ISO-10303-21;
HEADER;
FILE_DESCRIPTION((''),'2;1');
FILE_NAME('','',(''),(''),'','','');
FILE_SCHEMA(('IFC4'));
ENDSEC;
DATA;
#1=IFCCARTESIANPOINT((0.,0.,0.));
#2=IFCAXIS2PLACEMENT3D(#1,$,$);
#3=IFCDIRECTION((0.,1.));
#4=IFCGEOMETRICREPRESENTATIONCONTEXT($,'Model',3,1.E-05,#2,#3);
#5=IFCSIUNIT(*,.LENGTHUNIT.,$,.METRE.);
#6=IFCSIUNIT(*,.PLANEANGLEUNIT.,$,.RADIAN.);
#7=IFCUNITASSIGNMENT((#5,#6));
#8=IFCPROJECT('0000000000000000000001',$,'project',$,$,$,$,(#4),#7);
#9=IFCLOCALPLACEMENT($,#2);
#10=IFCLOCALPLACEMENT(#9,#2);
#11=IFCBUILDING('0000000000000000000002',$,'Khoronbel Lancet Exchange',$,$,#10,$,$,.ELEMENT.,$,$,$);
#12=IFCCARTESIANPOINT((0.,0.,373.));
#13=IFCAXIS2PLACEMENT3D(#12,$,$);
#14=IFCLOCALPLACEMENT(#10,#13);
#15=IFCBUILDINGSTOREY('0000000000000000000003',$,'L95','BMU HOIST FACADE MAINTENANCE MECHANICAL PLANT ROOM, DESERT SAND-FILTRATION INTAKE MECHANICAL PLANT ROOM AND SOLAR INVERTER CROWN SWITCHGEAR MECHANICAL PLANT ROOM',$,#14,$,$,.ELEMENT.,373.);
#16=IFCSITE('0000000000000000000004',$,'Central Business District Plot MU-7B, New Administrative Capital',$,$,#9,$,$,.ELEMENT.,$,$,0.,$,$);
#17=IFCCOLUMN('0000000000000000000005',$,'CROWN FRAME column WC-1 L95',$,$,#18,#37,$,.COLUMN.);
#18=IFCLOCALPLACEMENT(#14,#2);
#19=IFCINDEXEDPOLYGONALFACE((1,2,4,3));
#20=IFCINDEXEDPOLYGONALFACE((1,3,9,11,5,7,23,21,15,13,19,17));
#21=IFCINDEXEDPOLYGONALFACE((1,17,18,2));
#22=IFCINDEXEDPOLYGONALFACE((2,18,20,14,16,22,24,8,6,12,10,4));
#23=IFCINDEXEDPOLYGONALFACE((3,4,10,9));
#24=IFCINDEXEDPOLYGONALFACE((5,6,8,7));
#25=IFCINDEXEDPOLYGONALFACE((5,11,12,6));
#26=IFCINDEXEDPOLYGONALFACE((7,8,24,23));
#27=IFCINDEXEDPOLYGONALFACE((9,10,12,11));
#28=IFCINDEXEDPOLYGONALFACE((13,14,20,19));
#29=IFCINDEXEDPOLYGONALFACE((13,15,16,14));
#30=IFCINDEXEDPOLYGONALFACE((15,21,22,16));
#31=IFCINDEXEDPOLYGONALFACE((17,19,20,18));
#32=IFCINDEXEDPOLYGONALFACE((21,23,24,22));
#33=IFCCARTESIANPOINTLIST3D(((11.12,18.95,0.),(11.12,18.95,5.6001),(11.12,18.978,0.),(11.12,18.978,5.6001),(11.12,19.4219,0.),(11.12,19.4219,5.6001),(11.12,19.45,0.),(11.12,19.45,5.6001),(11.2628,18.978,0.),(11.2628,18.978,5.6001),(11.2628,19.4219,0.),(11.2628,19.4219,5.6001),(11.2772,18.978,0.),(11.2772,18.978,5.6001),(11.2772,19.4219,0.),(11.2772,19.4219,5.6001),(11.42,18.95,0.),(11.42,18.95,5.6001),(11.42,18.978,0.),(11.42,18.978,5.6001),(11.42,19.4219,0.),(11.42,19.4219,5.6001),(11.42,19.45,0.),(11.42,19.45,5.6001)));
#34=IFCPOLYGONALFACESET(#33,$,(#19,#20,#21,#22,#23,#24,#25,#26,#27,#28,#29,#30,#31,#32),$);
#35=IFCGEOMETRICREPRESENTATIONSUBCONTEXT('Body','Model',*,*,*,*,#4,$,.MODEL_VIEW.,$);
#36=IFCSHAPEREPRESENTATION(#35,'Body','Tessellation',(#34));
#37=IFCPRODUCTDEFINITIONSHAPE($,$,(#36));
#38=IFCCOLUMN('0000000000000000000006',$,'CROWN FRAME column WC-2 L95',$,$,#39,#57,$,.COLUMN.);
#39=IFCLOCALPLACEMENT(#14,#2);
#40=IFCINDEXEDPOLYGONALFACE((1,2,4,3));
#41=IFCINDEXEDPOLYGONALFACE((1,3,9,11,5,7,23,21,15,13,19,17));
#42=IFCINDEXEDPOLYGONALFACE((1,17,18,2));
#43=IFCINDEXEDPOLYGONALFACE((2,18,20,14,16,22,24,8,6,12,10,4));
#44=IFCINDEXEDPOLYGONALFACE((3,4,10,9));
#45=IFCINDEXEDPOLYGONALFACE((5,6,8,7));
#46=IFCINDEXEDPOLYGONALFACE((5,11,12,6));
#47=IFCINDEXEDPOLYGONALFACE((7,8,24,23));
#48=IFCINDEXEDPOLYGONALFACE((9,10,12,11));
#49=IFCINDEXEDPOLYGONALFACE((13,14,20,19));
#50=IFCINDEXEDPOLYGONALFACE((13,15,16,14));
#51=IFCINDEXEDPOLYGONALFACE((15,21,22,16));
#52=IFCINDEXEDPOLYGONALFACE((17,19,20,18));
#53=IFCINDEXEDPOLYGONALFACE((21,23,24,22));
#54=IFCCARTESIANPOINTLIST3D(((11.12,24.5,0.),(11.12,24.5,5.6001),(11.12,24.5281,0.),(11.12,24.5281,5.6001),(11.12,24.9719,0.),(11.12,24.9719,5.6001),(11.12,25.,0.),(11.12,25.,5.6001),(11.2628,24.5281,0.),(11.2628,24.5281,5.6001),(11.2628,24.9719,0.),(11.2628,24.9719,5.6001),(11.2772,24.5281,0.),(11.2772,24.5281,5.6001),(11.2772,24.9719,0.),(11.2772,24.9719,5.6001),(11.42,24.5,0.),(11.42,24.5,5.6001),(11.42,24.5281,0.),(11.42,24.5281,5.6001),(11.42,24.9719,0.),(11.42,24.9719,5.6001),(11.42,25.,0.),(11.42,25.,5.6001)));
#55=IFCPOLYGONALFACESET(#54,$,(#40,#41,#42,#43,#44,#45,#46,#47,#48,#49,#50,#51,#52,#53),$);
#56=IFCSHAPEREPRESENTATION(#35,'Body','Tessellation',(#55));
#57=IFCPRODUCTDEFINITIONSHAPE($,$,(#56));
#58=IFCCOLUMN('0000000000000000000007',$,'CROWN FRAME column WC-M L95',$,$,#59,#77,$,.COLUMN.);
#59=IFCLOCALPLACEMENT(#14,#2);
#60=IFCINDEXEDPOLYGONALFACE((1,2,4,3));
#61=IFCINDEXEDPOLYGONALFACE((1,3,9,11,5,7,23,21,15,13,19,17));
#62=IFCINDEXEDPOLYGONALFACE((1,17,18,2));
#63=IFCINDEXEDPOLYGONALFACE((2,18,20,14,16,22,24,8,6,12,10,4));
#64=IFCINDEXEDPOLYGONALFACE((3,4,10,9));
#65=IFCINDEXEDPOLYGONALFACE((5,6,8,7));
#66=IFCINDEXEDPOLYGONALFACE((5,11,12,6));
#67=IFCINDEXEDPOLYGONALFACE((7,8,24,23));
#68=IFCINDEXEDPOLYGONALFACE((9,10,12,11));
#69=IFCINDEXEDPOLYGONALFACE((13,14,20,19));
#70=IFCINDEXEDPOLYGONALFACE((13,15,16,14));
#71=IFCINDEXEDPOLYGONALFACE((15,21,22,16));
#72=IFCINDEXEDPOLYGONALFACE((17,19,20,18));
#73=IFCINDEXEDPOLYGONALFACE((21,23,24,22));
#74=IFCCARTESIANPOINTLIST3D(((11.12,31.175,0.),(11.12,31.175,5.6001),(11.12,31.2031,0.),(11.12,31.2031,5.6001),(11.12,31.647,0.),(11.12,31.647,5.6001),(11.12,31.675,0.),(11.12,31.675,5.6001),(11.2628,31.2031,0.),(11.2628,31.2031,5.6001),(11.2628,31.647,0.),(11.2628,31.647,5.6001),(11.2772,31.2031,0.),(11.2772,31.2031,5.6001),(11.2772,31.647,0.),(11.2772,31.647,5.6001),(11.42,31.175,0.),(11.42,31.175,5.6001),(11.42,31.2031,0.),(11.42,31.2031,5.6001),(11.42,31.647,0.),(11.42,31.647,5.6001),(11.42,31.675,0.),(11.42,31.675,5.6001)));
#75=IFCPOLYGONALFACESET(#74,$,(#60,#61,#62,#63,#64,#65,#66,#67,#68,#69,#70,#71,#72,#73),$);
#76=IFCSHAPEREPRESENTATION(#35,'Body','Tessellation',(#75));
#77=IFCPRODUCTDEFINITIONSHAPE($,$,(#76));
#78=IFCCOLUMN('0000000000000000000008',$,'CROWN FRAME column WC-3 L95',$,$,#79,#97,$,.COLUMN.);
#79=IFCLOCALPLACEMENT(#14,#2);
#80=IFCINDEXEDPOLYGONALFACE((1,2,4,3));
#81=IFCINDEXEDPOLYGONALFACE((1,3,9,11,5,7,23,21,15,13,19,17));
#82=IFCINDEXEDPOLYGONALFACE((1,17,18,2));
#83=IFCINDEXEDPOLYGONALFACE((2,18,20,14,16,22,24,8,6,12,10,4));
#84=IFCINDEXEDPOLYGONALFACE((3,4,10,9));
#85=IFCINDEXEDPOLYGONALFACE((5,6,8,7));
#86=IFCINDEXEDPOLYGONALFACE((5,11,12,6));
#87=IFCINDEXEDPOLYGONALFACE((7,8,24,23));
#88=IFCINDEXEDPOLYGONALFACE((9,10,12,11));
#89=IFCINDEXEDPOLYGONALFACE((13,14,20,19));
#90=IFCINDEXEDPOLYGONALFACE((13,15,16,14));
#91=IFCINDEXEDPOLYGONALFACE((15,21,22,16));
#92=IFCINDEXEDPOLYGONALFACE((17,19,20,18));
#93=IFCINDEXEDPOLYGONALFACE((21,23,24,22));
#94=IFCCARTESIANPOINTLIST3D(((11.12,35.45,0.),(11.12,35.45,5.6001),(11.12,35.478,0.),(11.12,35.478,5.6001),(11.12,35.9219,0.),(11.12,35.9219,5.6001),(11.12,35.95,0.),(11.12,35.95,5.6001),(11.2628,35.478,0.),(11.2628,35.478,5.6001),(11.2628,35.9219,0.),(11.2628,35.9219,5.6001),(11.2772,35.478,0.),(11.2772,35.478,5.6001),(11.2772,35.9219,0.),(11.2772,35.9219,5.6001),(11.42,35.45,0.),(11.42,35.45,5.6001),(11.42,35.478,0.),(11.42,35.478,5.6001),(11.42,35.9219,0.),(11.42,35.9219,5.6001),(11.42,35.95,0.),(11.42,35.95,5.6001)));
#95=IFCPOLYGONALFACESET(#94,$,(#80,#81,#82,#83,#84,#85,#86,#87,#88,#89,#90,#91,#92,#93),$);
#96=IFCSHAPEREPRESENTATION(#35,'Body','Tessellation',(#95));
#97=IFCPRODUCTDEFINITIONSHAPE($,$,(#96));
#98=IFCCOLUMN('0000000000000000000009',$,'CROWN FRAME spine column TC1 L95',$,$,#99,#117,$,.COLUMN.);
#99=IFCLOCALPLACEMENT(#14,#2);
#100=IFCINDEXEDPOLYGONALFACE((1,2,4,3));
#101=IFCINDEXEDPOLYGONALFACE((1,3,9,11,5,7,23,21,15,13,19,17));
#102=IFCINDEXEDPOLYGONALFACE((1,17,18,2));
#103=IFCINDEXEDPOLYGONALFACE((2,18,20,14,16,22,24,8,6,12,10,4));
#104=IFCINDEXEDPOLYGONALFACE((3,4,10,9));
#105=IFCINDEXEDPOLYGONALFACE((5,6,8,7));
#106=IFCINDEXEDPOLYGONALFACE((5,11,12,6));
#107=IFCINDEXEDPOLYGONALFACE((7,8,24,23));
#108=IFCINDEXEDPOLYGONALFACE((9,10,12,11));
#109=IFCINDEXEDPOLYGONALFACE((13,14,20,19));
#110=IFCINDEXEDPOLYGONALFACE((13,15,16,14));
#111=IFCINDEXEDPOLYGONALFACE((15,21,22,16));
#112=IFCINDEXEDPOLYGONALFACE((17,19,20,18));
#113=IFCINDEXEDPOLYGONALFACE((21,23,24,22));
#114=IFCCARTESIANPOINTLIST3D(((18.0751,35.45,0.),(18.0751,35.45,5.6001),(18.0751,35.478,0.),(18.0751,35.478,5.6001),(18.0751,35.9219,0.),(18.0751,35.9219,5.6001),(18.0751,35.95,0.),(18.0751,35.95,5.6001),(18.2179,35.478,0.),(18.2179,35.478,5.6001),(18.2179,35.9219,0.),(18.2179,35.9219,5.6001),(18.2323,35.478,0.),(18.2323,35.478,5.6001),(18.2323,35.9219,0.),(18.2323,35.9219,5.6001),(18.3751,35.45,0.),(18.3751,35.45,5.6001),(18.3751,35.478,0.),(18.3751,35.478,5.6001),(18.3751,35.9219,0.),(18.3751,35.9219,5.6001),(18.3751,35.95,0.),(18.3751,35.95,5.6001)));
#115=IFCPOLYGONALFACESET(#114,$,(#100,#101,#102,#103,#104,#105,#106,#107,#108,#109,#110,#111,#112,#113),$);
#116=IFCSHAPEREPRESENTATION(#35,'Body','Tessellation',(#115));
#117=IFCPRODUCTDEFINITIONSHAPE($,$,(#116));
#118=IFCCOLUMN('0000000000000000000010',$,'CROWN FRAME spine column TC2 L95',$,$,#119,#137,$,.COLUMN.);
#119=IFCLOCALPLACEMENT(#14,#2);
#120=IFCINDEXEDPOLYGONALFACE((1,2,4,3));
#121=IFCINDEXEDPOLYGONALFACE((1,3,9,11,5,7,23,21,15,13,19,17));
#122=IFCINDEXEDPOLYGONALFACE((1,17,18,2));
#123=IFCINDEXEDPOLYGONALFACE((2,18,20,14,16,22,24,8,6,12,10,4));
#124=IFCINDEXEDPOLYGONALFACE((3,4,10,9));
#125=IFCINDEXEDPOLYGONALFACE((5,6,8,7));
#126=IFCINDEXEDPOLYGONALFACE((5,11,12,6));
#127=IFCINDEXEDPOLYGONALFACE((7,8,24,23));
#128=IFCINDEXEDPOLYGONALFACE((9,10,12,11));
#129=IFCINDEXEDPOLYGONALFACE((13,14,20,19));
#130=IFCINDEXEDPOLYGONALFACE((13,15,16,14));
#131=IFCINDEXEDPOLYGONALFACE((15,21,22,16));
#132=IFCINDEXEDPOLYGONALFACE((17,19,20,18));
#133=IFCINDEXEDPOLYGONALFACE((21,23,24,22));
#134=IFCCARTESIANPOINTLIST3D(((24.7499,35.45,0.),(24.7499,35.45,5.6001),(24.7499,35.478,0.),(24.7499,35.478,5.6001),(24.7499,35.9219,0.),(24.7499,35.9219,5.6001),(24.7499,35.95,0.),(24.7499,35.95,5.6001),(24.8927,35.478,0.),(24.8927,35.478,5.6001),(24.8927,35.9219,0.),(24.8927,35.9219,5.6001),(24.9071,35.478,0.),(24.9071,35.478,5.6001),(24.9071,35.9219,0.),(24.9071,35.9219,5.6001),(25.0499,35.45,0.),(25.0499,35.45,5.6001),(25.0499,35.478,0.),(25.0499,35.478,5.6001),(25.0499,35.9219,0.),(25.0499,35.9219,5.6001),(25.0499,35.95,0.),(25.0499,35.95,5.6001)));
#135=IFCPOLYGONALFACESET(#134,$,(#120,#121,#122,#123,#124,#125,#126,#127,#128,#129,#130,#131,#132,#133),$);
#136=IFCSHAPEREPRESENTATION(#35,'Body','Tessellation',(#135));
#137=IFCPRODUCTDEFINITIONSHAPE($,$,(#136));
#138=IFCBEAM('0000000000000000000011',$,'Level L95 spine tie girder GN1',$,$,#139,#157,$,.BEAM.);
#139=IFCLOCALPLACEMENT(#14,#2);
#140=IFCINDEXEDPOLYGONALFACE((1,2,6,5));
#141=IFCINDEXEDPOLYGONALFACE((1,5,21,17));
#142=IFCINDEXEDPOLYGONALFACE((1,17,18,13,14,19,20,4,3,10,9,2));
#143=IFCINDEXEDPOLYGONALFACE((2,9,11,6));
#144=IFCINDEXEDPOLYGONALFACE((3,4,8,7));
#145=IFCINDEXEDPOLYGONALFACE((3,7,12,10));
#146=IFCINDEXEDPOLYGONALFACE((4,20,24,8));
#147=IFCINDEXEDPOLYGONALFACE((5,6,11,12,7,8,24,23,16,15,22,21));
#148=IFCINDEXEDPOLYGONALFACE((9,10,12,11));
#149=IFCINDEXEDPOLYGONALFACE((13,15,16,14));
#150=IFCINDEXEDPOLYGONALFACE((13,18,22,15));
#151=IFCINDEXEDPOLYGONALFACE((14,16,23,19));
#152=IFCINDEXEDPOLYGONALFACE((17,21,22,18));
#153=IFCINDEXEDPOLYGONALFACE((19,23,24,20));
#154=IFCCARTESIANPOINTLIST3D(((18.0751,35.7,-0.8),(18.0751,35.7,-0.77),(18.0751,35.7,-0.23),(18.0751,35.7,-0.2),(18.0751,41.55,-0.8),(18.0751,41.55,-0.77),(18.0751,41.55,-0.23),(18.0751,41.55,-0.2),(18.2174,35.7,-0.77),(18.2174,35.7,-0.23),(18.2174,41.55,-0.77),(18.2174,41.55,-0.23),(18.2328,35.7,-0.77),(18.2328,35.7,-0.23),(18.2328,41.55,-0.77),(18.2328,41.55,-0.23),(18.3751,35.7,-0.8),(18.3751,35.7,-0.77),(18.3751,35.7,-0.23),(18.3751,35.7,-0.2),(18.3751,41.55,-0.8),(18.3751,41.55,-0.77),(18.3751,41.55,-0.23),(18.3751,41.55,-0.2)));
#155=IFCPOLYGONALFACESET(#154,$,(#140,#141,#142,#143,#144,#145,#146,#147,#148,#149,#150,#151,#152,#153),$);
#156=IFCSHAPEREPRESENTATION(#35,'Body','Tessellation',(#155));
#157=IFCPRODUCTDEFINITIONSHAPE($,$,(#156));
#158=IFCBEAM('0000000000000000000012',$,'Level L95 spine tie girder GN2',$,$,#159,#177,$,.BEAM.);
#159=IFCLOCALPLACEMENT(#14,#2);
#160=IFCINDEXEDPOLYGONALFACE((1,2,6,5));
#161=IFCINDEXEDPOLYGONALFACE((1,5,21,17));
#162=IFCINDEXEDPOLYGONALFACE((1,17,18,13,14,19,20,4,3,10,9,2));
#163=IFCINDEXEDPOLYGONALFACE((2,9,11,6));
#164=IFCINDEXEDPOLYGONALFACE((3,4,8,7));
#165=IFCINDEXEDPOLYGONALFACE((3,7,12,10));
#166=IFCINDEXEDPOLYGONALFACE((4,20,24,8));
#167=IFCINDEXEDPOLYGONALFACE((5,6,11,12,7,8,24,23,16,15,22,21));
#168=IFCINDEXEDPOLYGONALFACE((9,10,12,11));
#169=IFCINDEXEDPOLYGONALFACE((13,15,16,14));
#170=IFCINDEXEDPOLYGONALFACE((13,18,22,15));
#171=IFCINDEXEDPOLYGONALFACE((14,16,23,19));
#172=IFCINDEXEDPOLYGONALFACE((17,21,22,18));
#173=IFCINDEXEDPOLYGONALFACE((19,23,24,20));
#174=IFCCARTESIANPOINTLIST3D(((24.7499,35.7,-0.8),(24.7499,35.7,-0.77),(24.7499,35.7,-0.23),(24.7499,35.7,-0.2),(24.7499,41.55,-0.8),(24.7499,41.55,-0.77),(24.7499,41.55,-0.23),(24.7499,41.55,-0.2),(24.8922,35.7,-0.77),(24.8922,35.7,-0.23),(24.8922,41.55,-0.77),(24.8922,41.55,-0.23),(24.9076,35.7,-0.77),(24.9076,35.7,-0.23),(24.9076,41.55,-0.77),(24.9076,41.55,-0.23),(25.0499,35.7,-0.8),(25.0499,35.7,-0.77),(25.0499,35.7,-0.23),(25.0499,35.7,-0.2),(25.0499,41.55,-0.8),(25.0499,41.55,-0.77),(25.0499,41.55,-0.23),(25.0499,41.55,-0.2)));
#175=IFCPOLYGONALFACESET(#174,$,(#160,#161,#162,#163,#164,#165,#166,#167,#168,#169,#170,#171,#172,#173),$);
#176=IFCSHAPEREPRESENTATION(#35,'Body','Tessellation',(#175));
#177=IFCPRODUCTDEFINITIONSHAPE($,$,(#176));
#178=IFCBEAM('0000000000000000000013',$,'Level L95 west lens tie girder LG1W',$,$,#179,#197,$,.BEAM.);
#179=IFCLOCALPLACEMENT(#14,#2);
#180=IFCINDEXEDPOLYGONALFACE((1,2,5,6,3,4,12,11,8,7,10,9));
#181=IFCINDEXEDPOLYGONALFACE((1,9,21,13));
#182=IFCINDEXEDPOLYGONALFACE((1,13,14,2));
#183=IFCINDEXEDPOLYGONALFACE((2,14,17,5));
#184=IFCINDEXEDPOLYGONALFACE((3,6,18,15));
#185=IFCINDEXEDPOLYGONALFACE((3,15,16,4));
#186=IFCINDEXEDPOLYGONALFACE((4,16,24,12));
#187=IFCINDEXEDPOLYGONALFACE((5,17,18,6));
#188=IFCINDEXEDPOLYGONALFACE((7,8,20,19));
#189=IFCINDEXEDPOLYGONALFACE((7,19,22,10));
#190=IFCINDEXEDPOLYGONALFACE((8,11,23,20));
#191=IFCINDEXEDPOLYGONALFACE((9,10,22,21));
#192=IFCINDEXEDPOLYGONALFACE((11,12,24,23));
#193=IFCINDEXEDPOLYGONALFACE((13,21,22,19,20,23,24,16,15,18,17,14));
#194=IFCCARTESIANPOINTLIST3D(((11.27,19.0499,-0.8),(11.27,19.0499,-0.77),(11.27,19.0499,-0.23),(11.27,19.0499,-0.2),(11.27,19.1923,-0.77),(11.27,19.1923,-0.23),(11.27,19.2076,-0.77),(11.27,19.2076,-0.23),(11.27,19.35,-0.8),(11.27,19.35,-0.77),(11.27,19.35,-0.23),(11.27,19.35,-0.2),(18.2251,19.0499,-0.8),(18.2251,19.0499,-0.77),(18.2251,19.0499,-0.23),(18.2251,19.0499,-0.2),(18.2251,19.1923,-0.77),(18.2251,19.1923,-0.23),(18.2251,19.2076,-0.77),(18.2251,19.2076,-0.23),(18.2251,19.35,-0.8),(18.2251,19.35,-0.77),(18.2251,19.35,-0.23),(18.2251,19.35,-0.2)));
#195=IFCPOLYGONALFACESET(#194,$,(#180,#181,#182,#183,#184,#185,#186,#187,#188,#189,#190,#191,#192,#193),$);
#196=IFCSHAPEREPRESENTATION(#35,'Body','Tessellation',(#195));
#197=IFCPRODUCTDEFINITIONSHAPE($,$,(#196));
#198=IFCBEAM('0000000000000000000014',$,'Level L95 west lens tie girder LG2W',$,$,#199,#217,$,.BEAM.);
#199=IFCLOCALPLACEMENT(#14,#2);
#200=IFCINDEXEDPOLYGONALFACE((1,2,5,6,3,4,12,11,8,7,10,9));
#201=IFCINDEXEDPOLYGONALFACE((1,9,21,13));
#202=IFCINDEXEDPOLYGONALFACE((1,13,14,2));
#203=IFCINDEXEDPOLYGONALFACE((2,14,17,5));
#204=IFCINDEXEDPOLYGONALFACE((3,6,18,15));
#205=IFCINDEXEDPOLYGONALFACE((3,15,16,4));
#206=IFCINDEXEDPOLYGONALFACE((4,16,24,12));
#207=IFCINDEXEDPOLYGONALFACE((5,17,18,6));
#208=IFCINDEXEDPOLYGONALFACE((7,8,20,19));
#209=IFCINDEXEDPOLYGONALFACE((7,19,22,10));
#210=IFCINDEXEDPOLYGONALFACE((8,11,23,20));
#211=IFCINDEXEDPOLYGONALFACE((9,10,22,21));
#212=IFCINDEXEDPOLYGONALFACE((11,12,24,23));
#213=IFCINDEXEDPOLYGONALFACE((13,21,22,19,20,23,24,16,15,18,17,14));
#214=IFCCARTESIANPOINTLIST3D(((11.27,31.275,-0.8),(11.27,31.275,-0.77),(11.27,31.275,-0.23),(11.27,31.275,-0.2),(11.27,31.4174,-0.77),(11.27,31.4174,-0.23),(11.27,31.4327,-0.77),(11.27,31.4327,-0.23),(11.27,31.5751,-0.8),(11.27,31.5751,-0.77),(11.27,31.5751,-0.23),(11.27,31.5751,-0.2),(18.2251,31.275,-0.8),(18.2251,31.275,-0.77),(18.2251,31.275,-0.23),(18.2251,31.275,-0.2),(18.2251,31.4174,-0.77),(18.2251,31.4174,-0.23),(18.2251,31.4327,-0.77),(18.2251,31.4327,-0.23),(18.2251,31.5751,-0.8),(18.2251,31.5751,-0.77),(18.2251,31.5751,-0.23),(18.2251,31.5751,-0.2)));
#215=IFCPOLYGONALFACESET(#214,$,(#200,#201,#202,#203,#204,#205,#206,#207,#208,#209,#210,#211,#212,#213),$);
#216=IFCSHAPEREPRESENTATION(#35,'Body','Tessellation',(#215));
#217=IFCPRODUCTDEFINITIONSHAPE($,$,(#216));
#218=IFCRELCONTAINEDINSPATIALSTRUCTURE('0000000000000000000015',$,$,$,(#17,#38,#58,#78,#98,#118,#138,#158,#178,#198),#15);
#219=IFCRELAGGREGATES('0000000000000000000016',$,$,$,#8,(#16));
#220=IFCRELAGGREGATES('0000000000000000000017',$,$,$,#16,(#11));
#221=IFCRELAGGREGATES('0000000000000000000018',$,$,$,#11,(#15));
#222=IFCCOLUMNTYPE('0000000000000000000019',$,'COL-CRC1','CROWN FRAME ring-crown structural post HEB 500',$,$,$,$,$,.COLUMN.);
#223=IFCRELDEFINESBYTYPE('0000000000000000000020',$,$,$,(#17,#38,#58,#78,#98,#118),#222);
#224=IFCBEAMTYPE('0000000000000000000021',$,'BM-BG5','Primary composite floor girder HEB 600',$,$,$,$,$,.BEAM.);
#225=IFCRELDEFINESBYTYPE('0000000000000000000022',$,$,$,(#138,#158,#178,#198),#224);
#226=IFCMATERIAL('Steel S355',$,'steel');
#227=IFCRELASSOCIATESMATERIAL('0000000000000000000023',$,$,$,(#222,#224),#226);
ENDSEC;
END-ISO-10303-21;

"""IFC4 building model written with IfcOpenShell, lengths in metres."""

from ifc_helpers import new_model, si_unit, direction, frame, origin, origin_2d, place, context, subcontext, project, spatial, i_section, extrude, material, material_profile, profile_set, type_object, element, save


model = new_model("IFC4")

# Units and contexts
model_context = context("Model", 3, precision=1e-05, world=origin(), true_north=direction((0.0, 1.0)))
body_context = subcontext(model_context, "Body", "Model", "MODEL_VIEW")
ifc_project = project(units=[si_unit("LENGTHUNIT", "METRE"), si_unit("PLANEANGLEUNIT", "RADIAN")], contexts=[model_context])

# Site, building, storey
site_placement = place(None, origin())
site = spatial("IfcSite", under=ifc_project, at=site_placement, Name="Central Business District Plot MU-7B, New Administrative Capital", CompositionType="ELEMENT", RefElevation=0.0)
building_placement = place(site_placement, origin())
building = spatial("IfcBuilding", under=site, at=building_placement, Name="Khoronbel Lancet Exchange", CompositionType="ELEMENT")
storey_placement = place(building_placement, frame((0.0, 0.0, 373.0)))
storey = spatial("IfcBuildingStorey", under=building, at=storey_placement, Name="L95", Description="BMU HOIST FACADE MAINTENANCE MECHANICAL PLANT ROOM, DESERT SAND-FILTRATION INTAKE MECHANICAL PLANT ROOM AND SOLAR INVERTER CROWN SWITCHGEAR MECHANICAL PLANT ROOM", CompositionType="ELEMENT", Elevation=373.0)

# Columns
ifc_material_1 = material(Name="Steel S355", Category="steel")
ifc_material_profile_1 = material_profile(ifc_material_1, i_section(OverallWidth=0.3, OverallDepth=0.5, WebThickness=0.0144, FlangeThickness=0.0281, at=origin_2d()), Name="HEB 500")
ifc_profile_set_1 = profile_set([ifc_material_profile_1], Name="Steel S355")
column_type = type_object("IfcColumnType", Name="COL-CRC1", Description="CROWN FRAME ring-crown structural post HEB 500", PredefinedType="COLUMN", material=ifc_profile_set_1)
for number, where, z_axis, x_axis, name in (
    (1, (11.27, 19.2, 0.0), (0.0, 0.0, 1.0), (1.0, 0.0, 0.0), "CROWN FRAME column WC-1 L95"),
    (2, (11.27, 24.75, 0.0), (0.0, 0.0, 1.0), (1.0, 0.0, 0.0), "CROWN FRAME column WC-2 L95"),
    (3, (11.27, 31.425, 0.0), (0.0, 0.0, 1.0), (1.0, 0.0, 0.0), "CROWN FRAME column WC-M L95"),
    (4, (11.27, 35.7, 0.0), (0.0, 0.0, 1.0), (1.0, 0.0, 0.0), "CROWN FRAME column WC-3 L95"),
    (5, (18.2251, 35.7, 0.0), (0.0, 0.0, 1.0), (1.0, 0.0, 0.0), "CROWN FRAME spine column TC1 L95"),
    (6, (24.8999, 35.7, 0.0), (0.0, 0.0, 1.0), (1.0, 0.0, 0.0), "CROWN FRAME spine column TC2 L95"),
):
    element("IfcColumn", number, at=place(storey_placement, frame(where, z_axis=z_axis, x_axis=x_axis)), inside=storey, type_object=column_type, Name=name, PredefinedType="COLUMN", context=body_context, shape_type="SweptSolid", body=[
        extrude(i_section(OverallWidth=0.3, OverallDepth=0.5, WebThickness=0.0144, FlangeThickness=0.0281, at=origin_2d()), origin(), (0.0, 0.0, 1.0), 5.6001),
    ])

# Beams
ifc_material_profile_2 = material_profile(ifc_material_1, i_section(OverallWidth=0.3, OverallDepth=0.6001, WebThickness=0.0154, FlangeThickness=0.03, at=origin_2d()), Name="HEB 600")
ifc_profile_set_2 = profile_set([ifc_material_profile_2], Name="Steel S355")
beam_type_1 = type_object("IfcBeamType", Name="BM-BG5", Description="Primary composite floor girder HEB 600", PredefinedType="BEAM", material=ifc_profile_set_2)
for number, where, z_axis, x_axis, name in (
    (7, (18.2251, 35.7, -0.5), (0.0, 1.0, 0.0), (-1.0, 0.0, 0.0), "Level L95 spine tie girder GN1"),
    (8, (24.8999, 35.7, -0.5), (0.0, 1.0, 0.0), (-1.0, 0.0, 0.0), "Level L95 spine tie girder GN2"),
):
    element("IfcBeam", number, at=place(storey_placement, frame(where, z_axis=z_axis, x_axis=x_axis)), inside=storey, type_object=beam_type_1, Name=name, PredefinedType="BEAM", context=body_context, shape_type="SweptSolid", body=[
        extrude(i_section(OverallWidth=0.3, OverallDepth=0.6001, WebThickness=0.0154, FlangeThickness=0.03, at=origin_2d()), origin(), (0.0, 0.0, 1.0), 5.8501),
    ])
for number, where, z_axis, x_axis, name in (
    (9, (11.27, 19.2, -0.5), (1.0, 0.0, 0.0), (0.0, 1.0, 0.0), "Level L95 west lens tie girder LG1W"),
    (10, (11.27, 31.425, -0.5), (1.0, 0.0, 0.0), (0.0, 1.0, 0.0), "Level L95 west lens tie girder LG2W"),
):
    element("IfcBeam", number, at=place(storey_placement, frame(where, z_axis=z_axis, x_axis=x_axis)), inside=storey, type_object=beam_type_1, Name=name, PredefinedType="BEAM", context=body_context, shape_type="SweptSolid", body=[
        extrude(i_section(OverallWidth=0.3, OverallDepth=0.6001, WebThickness=0.0154, FlangeThickness=0.03, at=origin_2d()), origin(), (0.0, 0.0, 1.0), 6.9551),
    ])

save(model, "model.ifc")
